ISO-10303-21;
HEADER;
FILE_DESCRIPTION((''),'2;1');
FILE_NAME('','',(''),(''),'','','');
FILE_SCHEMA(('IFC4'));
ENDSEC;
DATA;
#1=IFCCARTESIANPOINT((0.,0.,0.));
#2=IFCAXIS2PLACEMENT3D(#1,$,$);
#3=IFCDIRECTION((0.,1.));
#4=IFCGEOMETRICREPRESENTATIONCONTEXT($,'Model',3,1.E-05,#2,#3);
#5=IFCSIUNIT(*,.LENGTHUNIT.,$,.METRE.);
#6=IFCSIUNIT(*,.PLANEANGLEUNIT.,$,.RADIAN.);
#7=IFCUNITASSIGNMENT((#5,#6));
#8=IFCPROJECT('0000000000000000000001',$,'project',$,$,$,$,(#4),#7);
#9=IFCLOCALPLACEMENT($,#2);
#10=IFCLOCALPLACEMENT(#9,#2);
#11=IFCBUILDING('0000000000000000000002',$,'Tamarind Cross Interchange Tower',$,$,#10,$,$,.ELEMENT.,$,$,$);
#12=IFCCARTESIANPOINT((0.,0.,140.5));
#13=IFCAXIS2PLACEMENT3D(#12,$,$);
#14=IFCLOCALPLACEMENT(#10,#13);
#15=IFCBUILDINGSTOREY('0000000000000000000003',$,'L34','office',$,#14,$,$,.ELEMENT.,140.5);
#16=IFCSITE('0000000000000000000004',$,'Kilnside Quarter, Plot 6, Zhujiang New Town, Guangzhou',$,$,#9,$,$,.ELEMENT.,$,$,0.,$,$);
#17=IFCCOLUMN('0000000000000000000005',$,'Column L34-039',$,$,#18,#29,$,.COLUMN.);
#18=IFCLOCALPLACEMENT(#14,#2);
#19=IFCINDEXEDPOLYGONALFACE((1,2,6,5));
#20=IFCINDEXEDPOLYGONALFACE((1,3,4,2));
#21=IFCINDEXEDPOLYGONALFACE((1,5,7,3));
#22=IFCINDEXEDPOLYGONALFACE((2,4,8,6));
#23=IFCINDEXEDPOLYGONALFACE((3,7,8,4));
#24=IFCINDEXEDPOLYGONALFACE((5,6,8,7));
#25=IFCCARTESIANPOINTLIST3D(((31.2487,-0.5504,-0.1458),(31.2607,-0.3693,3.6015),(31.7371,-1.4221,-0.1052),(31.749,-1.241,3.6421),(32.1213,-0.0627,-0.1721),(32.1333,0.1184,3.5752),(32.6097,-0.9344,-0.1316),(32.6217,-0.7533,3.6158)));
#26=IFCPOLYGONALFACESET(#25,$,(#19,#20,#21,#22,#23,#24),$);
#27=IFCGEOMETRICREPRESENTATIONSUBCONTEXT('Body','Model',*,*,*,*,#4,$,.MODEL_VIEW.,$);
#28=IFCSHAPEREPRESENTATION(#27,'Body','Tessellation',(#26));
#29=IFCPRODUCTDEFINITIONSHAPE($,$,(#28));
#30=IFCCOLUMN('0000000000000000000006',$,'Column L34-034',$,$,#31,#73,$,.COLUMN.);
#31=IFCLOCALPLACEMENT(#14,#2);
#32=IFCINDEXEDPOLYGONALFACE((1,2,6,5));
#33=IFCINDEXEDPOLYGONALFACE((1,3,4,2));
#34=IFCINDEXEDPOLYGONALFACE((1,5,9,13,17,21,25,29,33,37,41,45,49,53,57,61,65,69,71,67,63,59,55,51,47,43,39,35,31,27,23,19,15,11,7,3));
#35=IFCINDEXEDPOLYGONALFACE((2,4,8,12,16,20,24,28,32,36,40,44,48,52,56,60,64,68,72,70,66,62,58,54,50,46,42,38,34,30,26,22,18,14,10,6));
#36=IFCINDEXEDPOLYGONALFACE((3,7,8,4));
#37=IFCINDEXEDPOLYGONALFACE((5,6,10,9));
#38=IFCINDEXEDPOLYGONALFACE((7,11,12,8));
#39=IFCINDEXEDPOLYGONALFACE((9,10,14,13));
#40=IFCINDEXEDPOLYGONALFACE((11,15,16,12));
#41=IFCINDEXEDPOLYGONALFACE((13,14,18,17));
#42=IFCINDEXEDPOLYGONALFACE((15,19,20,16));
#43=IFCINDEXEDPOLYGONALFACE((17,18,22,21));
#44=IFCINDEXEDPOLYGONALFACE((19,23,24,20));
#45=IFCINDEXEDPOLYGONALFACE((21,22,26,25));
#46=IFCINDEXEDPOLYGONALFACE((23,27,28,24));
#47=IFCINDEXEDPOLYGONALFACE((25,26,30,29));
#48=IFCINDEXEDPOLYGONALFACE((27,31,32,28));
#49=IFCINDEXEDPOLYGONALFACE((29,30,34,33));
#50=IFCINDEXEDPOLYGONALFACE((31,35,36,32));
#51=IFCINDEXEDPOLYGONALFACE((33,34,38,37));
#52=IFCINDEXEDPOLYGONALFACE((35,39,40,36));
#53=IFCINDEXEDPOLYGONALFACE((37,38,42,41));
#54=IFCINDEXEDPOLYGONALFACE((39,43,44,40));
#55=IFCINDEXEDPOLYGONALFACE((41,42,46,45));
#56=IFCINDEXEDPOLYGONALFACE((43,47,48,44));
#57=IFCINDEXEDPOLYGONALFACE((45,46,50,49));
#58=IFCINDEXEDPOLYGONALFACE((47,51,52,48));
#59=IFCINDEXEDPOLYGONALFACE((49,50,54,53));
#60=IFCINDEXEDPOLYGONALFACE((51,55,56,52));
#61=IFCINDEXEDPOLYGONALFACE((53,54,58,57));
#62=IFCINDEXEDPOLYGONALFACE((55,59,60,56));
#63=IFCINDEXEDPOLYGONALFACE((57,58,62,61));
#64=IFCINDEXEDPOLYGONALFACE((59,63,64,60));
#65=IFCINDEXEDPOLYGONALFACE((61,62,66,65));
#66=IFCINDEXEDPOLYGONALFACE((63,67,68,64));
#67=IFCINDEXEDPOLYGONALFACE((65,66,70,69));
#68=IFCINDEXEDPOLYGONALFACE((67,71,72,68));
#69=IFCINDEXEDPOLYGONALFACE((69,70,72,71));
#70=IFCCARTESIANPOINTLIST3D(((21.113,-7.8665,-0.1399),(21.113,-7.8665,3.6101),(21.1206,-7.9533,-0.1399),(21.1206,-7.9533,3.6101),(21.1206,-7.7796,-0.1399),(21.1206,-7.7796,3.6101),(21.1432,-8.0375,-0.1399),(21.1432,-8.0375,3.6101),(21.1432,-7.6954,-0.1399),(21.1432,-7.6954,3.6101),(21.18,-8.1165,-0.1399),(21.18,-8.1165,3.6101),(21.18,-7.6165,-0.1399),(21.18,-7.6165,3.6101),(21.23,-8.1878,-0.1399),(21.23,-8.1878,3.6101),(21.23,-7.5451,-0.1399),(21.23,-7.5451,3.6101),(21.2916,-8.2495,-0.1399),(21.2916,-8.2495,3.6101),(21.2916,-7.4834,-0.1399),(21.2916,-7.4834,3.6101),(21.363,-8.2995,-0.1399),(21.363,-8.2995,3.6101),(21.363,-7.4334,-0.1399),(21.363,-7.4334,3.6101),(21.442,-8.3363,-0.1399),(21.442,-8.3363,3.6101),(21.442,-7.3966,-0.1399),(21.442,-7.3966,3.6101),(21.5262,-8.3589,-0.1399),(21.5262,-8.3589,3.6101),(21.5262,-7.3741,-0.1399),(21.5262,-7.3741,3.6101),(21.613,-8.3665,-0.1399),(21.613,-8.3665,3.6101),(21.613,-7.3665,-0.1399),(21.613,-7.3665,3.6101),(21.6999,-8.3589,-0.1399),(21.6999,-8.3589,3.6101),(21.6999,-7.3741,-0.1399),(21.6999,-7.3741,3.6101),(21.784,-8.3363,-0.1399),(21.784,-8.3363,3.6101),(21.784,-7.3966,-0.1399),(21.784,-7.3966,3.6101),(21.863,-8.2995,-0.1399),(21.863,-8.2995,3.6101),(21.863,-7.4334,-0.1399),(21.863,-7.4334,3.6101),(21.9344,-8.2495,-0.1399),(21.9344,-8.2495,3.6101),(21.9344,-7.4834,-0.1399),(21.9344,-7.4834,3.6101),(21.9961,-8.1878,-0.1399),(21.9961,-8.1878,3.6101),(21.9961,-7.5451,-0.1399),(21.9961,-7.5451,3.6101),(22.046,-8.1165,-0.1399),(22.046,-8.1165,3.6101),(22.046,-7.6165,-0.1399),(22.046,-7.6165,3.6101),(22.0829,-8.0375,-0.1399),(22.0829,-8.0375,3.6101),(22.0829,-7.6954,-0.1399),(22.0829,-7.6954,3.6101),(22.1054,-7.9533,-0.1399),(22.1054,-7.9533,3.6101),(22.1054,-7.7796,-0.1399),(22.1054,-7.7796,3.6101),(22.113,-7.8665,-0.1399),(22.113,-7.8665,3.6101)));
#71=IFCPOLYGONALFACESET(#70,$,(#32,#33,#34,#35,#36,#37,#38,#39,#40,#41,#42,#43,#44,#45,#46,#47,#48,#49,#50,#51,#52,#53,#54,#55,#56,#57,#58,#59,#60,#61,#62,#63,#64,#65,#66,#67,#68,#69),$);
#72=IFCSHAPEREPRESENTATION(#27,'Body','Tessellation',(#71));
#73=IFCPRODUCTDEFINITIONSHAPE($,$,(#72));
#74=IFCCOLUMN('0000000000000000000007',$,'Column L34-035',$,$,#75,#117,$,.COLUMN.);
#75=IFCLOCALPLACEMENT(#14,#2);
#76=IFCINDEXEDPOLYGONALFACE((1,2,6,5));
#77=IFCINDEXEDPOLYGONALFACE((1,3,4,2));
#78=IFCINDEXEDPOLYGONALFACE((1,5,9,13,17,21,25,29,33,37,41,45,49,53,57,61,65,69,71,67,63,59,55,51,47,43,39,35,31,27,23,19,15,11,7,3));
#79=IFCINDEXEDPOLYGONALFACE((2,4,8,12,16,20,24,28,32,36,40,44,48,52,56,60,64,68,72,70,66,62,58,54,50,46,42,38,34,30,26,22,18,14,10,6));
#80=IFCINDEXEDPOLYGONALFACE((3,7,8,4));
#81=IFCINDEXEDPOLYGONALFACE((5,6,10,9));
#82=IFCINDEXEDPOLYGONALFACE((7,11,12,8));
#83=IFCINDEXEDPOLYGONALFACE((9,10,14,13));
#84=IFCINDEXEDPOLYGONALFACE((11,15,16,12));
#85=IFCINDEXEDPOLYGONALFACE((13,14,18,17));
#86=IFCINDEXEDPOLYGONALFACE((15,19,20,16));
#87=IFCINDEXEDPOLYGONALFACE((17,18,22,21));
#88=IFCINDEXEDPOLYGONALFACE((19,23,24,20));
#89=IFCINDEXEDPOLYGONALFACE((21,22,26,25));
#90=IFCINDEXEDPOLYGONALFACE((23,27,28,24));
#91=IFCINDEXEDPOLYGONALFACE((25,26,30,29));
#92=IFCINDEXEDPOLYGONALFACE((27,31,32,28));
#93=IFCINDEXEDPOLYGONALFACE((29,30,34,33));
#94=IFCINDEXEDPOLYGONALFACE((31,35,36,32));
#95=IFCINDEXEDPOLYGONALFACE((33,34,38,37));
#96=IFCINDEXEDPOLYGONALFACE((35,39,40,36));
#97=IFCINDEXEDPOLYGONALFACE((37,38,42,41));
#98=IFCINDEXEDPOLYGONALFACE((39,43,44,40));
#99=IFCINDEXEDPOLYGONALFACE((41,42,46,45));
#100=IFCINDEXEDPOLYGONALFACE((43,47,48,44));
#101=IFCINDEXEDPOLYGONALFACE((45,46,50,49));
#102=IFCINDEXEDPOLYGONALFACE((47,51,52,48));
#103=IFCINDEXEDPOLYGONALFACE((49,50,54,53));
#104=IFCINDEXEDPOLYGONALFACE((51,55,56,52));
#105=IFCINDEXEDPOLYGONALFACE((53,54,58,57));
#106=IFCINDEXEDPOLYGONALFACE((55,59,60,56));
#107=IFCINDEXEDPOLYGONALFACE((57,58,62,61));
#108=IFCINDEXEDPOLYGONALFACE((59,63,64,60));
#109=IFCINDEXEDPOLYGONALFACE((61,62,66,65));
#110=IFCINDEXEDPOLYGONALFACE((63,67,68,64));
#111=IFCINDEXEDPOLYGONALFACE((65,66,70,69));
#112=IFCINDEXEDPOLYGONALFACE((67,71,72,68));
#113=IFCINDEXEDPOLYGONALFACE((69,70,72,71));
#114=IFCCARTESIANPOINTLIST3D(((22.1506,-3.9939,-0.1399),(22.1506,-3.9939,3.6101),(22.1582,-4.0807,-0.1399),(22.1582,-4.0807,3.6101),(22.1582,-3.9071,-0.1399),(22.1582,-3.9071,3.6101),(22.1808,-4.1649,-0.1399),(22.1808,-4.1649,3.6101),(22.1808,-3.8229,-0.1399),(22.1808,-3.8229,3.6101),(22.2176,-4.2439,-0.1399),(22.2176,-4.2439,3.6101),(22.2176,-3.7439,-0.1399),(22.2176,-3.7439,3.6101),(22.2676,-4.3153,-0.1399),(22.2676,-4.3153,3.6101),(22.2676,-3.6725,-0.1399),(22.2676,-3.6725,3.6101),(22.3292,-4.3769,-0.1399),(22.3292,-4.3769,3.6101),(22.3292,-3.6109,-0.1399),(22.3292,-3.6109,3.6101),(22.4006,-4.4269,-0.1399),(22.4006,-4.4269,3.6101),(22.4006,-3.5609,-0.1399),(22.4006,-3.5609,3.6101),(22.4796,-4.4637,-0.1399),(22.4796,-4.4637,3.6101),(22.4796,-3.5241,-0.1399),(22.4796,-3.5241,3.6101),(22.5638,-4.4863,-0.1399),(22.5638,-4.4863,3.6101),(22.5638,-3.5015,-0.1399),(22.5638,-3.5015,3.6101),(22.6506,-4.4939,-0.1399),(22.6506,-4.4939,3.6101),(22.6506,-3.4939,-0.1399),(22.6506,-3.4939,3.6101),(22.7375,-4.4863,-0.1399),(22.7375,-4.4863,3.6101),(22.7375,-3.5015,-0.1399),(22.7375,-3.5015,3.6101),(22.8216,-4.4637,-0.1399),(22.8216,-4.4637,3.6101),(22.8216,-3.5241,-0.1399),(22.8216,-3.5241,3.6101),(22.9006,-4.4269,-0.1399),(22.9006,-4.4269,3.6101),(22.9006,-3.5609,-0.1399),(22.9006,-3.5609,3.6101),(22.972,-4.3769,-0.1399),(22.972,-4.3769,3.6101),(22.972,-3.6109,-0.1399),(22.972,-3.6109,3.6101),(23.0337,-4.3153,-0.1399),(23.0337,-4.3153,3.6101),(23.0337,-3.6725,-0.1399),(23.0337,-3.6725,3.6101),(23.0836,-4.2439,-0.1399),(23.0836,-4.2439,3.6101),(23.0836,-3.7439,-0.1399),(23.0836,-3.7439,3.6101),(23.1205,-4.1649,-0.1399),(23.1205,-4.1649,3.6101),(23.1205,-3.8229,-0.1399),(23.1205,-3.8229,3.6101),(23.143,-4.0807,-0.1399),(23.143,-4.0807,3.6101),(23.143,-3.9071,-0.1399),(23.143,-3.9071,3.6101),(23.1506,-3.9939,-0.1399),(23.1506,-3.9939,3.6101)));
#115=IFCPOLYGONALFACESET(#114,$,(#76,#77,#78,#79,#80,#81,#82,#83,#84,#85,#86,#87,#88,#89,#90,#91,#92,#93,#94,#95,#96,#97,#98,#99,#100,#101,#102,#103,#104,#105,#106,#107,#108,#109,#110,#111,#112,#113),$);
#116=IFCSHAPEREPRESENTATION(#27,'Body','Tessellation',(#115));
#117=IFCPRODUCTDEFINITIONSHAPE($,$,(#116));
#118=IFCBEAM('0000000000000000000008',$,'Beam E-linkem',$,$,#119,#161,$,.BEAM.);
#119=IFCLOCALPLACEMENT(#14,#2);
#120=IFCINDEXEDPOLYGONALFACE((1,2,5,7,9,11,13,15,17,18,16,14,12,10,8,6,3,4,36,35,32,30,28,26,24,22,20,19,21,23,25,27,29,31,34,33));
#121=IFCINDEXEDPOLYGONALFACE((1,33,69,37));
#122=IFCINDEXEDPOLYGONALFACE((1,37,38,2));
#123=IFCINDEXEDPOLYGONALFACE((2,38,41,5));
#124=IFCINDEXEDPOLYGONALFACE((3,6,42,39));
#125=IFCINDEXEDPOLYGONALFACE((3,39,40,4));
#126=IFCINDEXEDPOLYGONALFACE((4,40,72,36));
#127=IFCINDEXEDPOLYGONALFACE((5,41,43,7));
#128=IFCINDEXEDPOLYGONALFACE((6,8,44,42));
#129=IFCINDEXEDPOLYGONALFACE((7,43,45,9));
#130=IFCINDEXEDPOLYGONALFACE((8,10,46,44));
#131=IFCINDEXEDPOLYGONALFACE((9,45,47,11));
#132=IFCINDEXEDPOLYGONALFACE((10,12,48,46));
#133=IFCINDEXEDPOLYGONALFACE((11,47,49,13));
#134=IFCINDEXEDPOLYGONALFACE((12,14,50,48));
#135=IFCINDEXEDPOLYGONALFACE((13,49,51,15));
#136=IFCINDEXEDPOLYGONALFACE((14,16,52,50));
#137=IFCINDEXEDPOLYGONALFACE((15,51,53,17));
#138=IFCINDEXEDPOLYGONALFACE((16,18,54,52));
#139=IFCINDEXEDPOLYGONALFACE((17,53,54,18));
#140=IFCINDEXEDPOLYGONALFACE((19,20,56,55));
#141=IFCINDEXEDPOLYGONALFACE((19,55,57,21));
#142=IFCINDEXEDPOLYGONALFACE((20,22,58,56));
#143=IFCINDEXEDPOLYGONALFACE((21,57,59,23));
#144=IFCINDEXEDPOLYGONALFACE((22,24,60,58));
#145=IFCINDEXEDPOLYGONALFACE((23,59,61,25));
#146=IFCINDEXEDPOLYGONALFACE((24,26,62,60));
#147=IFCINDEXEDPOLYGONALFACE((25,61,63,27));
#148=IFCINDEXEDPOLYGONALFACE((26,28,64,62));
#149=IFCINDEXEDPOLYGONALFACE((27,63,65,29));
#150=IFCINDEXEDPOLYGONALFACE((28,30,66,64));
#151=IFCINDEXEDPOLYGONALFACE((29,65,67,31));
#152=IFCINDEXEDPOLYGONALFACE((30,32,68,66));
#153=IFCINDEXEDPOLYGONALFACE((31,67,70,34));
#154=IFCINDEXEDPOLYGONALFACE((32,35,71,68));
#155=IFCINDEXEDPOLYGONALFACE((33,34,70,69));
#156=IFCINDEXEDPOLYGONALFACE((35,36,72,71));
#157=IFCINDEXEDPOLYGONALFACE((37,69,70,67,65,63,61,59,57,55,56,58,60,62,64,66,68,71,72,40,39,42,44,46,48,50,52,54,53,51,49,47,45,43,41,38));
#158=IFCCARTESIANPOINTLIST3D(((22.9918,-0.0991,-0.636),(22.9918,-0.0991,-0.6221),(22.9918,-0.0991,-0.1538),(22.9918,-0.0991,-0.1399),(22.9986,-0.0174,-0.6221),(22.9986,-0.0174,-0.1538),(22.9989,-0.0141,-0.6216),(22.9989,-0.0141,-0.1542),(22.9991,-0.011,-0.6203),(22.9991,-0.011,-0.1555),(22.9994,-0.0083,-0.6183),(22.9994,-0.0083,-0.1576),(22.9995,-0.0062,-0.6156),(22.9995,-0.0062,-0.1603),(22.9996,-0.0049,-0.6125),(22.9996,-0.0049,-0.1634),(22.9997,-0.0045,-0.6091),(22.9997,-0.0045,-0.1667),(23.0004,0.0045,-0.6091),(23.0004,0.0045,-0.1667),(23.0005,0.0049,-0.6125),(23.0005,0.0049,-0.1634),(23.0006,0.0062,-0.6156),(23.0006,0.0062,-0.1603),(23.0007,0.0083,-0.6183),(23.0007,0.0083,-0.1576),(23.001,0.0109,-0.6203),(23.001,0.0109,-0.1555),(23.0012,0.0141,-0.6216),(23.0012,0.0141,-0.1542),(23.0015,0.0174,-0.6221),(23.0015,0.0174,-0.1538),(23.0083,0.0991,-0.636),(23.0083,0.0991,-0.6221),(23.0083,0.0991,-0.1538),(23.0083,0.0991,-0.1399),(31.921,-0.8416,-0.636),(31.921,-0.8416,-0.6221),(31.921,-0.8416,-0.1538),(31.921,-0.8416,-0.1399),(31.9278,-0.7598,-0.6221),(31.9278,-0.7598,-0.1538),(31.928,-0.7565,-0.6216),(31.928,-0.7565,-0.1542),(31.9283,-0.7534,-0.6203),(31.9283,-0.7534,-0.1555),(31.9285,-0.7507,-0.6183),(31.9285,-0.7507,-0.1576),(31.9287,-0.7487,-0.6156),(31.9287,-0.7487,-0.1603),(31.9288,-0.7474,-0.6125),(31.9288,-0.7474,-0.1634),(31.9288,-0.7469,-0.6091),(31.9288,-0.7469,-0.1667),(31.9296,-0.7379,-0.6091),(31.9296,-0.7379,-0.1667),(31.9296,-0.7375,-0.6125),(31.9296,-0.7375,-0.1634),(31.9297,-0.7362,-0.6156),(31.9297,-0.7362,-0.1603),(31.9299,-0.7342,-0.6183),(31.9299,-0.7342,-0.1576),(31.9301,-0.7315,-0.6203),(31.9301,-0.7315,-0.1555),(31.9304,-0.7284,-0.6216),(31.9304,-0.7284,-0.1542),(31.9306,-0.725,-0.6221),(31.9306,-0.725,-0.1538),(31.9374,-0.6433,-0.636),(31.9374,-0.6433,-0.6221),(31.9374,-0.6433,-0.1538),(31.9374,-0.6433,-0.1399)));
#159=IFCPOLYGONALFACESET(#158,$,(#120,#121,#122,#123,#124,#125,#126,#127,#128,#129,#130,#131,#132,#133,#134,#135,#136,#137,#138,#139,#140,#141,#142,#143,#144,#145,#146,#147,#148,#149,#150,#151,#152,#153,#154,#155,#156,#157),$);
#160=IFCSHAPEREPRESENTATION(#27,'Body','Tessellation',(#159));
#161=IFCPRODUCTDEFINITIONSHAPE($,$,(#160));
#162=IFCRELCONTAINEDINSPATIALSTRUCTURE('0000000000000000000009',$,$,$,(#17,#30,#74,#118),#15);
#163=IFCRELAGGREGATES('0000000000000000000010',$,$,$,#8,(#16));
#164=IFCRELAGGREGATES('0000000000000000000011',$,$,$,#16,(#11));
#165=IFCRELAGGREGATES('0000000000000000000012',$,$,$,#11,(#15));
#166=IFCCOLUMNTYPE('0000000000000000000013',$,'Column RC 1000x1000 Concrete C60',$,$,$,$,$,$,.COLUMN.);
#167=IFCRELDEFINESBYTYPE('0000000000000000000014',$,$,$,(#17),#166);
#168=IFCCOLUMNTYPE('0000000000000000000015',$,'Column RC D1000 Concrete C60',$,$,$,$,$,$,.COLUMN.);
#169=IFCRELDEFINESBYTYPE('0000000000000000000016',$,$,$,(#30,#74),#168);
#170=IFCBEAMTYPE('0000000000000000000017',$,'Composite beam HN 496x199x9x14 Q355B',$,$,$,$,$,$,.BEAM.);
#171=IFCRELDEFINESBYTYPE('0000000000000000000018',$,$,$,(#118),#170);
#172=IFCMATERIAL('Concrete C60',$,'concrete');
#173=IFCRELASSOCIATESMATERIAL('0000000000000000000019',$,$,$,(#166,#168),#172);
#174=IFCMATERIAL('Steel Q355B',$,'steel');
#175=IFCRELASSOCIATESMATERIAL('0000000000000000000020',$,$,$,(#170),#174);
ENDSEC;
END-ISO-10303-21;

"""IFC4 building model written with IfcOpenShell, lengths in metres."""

from ifc_helpers import new_model, si_unit, direction, frame, origin, origin_2d, place, context, subcontext, project, spatial, rectangle, circle, i_section, extrude, material, material_profile, profile_set, type_object, element, save


model = new_model("IFC4")

# Units and contexts
model_context = context("Model", 3, precision=1e-05, world=origin(), true_north=direction((0.0, 1.0)))
body_context = subcontext(model_context, "Body", "Model", "MODEL_VIEW")
ifc_project = project(units=[si_unit("LENGTHUNIT", "METRE"), si_unit("PLANEANGLEUNIT", "RADIAN")], contexts=[model_context])

# Site, building, storey
site_placement = place(None, origin())
site = spatial("IfcSite", under=ifc_project, at=site_placement, Name="Kilnside Quarter, Plot 6, Zhujiang New Town, Guangzhou", CompositionType="ELEMENT", RefElevation=0.0)
building_placement = place(site_placement, origin())
building = spatial("IfcBuilding", under=site, at=building_placement, Name="Tamarind Cross Interchange Tower", CompositionType="ELEMENT")
storey_placement = place(building_placement, frame((0.0, 0.0, 140.5)))
storey = spatial("IfcBuildingStorey", under=building, at=storey_placement, Name="L34", Description="office", CompositionType="ELEMENT", Elevation=140.5)

# Columns
ifc_material_1 = material(Name="Concrete C60", Category="concrete")
ifc_material_profile_1 = material_profile(ifc_material_1, rectangle(XDim=1.0, YDim=1.0, at=origin_2d()), Name="RC 1000x1000")
ifc_profile_set_1 = profile_set([ifc_material_profile_1], Name="Concrete C60")
column_type_1 = type_object("IfcColumnType", Name="Column RC 1000x1000 Concrete C60", PredefinedType="COLUMN", material=ifc_profile_set_1)
column_placement = place(storey_placement, frame((31.9292, -0.7424, -0.1387), z_axis=(0.003189, 0.048285, 0.998828), x_axis=(-0.872626, -0.487678, 0.026361)))
element("IfcColumn", 1, at=column_placement, inside=storey, type_object=column_type_1, Name="Column L34-039", PredefinedType="COLUMN", context=body_context, shape_type="SweptSolid", body=[
    extrude(rectangle(XDim=1.0, YDim=1.0, at=origin_2d()), origin(), (0.0, 0.0, 1.0), 3.7517),
])
ifc_material_profile_2 = material_profile(ifc_material_1, circle(Radius=0.5, at=origin_2d()), Name="RC D1000")
ifc_profile_set_2 = profile_set([ifc_material_profile_2], Name="Concrete C60")
column_type_2 = type_object("IfcColumnType", Name="Column RC D1000 Concrete C60", PredefinedType="COLUMN", material=ifc_profile_set_2)
for number, where, z_axis, x_axis, name in (
    (2, (21.613, -7.8665, -0.1399), (0.0, 0.0, 1.0), (1.0, 0.0, 0.0), "Column L34-034"),
    (3, (22.6506, -3.9939, -0.1399), (0.0, 0.0, 1.0), (1.0, 0.0, 0.0), "Column L34-035"),
):
    element("IfcColumn", number, at=place(storey_placement, frame(where, z_axis=z_axis, x_axis=x_axis)), inside=storey, type_object=column_type_2, Name=name, PredefinedType="COLUMN", context=body_context, shape_type="SweptSolid", body=[
        extrude(circle(Radius=0.5, at=origin_2d()), origin(), (0.0, 0.0, 1.0), 3.75),
    ])

# Beam
ifc_material_2 = material(Name="Steel Q355B", Category="steel")
ifc_material_profile_3 = material_profile(ifc_material_2, i_section(OverallWidth=0.199, OverallDepth=0.4961, WebThickness=0.009, FlangeThickness=0.0139, FilletRadius=0.0129, at=origin_2d()), Name="HN 496x199x9x14")
ifc_profile_set_3 = profile_set([ifc_material_profile_3], Name="Steel Q355B")
beam_type_1 = type_object("IfcBeamType", Name="Composite beam HN 496x199x9x14 Q355B", PredefinedType="BEAM", material=ifc_profile_set_3)
beam_1_placement = place(storey_placement, frame((31.9292, -0.7424, -0.3879), z_axis=(-0.996561, 0.082861, 0.0), x_axis=(-0.082861, -0.996561, 0.0)))
element("IfcBeam", 4, at=beam_1_placement, inside=storey, type_object=beam_type_1, Name="Beam E-linkem", PredefinedType="BEAM", context=body_context, shape_type="SweptSolid", body=[
    extrude(i_section(OverallWidth=0.199, OverallDepth=0.4961, WebThickness=0.009, FlangeThickness=0.0139, FilletRadius=0.0129, at=origin_2d()), origin(), (0.0, 0.0, 1.0), 8.96),
])

save(model, "model.ifc")
